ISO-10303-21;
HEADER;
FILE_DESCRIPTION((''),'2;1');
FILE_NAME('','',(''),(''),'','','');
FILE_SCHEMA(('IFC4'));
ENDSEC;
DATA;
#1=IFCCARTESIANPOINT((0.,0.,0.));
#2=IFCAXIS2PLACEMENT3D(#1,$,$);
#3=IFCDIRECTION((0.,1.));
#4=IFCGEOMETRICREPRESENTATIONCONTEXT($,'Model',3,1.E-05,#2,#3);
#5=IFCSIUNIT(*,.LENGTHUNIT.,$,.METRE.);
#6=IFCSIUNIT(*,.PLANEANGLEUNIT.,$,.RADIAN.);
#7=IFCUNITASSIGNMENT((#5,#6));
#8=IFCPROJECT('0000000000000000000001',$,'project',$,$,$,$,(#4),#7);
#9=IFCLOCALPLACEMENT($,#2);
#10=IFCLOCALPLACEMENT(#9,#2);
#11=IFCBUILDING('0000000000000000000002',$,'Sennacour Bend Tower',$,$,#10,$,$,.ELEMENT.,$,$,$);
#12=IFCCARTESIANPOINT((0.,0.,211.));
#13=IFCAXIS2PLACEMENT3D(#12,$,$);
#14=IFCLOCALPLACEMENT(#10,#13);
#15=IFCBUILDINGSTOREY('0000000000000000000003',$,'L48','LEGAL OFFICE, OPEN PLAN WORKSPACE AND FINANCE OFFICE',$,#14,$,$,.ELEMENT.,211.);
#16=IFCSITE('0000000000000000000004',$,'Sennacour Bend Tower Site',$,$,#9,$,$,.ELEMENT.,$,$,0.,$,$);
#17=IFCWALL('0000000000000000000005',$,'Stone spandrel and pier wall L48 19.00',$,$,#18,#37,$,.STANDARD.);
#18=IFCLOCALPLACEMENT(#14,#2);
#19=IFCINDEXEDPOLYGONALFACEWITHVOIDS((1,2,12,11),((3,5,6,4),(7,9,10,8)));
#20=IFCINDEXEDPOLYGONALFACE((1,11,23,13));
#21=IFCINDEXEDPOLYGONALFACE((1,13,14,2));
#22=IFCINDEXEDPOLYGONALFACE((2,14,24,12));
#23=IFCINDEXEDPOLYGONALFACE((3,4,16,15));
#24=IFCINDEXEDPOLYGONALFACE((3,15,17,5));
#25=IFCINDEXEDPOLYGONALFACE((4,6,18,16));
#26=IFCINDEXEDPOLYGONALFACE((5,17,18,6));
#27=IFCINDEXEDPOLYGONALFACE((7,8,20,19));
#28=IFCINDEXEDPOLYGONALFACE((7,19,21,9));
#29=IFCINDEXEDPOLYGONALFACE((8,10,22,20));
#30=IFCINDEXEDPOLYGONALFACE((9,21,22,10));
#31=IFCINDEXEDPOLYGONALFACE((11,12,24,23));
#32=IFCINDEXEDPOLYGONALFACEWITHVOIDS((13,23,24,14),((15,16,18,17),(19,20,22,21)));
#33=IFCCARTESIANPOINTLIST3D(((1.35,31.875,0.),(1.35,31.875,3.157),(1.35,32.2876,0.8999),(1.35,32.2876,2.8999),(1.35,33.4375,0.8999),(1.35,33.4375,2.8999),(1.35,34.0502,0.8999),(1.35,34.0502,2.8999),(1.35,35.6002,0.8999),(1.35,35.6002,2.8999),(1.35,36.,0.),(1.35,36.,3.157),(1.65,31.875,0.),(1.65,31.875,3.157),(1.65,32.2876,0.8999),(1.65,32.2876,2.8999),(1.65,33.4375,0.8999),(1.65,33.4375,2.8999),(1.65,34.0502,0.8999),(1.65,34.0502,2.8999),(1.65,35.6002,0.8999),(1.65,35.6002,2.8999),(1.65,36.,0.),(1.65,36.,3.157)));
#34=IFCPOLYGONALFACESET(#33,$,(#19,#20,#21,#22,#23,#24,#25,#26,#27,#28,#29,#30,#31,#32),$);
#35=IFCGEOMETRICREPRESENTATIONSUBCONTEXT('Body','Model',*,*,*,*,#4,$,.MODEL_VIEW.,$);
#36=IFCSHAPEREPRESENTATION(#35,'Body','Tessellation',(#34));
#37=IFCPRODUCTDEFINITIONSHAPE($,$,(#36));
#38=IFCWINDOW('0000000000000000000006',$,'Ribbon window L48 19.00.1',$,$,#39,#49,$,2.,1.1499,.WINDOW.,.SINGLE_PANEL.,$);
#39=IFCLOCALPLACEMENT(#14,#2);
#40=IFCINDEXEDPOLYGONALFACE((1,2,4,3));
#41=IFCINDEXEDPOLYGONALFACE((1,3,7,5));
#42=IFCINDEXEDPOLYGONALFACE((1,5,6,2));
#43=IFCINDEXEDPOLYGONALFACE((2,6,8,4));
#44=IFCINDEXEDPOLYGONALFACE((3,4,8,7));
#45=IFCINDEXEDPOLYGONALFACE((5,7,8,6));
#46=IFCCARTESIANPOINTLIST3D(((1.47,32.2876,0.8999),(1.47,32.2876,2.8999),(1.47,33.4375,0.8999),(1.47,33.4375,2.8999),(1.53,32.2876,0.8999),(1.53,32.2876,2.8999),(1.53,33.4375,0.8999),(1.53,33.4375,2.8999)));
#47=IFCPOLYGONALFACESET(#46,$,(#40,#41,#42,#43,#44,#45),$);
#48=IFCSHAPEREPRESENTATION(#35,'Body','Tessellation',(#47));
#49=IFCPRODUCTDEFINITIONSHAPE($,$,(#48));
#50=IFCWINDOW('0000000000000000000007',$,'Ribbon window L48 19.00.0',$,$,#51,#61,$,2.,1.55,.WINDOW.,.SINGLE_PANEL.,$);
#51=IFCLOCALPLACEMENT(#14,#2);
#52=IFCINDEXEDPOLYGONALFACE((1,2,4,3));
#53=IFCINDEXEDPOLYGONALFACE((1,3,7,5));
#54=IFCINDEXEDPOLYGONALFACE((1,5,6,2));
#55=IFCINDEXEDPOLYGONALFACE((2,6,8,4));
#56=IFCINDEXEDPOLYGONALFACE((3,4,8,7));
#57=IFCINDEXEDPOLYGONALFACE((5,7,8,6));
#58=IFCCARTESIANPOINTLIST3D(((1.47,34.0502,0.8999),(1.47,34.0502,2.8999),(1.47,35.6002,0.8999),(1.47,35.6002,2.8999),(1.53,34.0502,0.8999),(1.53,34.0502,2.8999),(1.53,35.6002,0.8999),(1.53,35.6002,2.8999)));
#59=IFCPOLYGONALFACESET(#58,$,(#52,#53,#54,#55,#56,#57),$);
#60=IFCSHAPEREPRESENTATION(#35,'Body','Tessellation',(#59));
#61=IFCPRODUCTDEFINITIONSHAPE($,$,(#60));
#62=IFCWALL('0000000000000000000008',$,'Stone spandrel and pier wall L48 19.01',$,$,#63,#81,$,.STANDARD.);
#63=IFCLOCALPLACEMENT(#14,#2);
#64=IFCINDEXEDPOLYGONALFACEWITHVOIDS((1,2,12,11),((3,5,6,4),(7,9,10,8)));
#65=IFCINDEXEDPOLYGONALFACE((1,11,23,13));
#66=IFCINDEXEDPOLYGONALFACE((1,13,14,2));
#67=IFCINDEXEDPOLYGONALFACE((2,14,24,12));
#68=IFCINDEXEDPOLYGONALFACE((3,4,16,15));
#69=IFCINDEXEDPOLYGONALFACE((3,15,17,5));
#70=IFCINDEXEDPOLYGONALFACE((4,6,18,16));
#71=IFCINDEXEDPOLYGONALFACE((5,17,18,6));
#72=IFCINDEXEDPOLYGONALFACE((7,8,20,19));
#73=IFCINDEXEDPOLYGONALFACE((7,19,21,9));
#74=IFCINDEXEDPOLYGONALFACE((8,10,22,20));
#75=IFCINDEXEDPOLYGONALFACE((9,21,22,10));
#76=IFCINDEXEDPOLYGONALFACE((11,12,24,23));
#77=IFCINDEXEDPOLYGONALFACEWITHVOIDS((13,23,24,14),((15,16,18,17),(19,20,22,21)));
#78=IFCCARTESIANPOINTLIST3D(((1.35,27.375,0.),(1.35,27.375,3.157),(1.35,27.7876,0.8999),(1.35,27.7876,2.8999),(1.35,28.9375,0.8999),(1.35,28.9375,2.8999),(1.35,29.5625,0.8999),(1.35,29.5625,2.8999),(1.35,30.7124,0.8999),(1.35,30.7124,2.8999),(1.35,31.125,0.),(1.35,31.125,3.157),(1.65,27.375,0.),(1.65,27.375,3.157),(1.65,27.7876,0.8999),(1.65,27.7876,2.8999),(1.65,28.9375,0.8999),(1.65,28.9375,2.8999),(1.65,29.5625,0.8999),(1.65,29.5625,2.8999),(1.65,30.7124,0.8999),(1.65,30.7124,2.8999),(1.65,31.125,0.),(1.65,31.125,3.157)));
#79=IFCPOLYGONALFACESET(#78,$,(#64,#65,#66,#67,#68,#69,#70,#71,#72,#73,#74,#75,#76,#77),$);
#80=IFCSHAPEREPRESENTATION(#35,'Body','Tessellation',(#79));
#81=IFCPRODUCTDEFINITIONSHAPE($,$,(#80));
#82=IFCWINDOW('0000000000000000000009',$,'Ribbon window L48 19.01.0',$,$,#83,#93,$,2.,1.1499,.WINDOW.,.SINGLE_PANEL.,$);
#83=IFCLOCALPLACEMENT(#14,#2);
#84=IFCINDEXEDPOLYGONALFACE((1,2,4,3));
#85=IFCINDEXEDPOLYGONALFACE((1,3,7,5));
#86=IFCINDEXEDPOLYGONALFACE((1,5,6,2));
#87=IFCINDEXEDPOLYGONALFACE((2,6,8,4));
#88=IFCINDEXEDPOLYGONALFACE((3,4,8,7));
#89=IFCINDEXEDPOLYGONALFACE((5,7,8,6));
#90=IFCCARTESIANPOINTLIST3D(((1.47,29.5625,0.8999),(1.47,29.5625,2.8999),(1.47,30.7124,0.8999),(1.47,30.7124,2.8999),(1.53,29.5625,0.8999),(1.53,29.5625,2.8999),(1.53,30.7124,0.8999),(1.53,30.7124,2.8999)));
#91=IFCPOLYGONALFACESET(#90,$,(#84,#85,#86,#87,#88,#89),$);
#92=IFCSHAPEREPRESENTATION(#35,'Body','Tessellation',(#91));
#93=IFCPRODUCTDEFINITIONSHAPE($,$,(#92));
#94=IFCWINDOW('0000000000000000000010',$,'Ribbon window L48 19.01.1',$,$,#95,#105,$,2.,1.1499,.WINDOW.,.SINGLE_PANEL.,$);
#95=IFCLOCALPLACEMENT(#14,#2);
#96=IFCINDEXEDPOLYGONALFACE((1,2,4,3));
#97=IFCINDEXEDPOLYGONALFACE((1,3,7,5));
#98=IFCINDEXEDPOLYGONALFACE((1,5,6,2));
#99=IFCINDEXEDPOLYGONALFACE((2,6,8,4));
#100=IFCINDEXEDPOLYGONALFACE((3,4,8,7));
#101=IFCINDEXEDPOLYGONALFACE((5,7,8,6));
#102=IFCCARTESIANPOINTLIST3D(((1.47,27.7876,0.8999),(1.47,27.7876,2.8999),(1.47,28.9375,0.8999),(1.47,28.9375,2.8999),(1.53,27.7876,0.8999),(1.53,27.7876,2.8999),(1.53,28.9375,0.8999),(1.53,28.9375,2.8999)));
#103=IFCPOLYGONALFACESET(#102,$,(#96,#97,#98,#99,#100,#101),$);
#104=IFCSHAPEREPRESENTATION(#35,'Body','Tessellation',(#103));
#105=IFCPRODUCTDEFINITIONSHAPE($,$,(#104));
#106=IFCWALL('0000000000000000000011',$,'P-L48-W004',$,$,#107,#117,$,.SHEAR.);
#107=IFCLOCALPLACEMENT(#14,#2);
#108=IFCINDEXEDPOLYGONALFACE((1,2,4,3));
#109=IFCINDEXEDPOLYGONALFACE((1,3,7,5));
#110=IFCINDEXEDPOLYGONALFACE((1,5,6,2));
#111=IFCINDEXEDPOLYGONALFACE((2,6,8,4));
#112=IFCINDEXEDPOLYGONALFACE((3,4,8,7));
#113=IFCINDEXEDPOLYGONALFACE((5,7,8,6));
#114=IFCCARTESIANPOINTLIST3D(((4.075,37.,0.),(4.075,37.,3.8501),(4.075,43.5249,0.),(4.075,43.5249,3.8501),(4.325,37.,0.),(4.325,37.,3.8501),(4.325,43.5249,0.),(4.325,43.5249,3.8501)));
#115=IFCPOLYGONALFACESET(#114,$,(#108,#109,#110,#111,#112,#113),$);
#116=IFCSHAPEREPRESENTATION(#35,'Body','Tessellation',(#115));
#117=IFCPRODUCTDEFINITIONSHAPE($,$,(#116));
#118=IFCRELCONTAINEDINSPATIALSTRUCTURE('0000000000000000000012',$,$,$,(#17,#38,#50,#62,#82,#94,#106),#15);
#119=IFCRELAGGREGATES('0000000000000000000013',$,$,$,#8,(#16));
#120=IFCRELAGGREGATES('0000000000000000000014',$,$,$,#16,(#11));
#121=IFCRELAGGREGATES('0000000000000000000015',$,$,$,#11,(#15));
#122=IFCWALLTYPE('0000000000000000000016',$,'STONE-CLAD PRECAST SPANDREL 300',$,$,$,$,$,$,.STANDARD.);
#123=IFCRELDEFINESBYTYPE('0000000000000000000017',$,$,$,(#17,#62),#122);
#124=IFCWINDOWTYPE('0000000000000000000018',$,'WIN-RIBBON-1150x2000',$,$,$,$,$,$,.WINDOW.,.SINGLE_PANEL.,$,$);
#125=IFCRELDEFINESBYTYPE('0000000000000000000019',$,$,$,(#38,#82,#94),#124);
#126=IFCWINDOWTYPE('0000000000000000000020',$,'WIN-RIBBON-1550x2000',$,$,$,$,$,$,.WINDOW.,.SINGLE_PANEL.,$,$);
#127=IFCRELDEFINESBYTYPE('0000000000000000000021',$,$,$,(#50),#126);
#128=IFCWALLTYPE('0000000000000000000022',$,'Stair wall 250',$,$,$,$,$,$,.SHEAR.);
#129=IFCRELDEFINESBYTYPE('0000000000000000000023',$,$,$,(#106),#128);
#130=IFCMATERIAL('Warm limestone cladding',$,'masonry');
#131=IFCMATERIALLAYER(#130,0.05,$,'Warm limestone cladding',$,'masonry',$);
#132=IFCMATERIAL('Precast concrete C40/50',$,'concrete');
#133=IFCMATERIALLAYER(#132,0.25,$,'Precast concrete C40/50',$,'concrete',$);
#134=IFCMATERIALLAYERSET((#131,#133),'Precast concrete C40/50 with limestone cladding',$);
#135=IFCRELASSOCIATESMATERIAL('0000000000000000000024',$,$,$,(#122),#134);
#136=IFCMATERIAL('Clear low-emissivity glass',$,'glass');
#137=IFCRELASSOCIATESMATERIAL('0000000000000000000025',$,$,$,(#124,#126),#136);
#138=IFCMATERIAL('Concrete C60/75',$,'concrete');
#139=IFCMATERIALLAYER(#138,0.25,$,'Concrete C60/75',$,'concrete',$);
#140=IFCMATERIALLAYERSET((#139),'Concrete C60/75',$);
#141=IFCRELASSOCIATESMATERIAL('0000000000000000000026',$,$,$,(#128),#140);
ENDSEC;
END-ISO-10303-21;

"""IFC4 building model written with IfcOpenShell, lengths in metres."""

from ifc_helpers import new_model, si_unit, direction, frame, frame_2d, origin, place, context, subcontext, project, spatial, rectangle, extrude, material, layer, layer_set, type_object, element, fill, save


model = new_model("IFC4")

# Units and contexts
model_context = context("Model", 3, precision=1e-05, world=origin(), true_north=direction((0.0, 1.0)))
body_context = subcontext(model_context, "Body", "Model", "MODEL_VIEW")
ifc_project = project(units=[si_unit("LENGTHUNIT", "METRE"), si_unit("PLANEANGLEUNIT", "RADIAN")], contexts=[model_context])

# Site, building, storey
site_placement = place(None, origin())
site = spatial("IfcSite", under=ifc_project, at=site_placement, Name="Sennacour Bend Tower Site", CompositionType="ELEMENT", RefElevation=0.0)
building_placement = place(site_placement, origin())
building = spatial("IfcBuilding", under=site, at=building_placement, Name="Sennacour Bend Tower", CompositionType="ELEMENT")
storey_placement = place(building_placement, frame((0.0, 0.0, 211.0)))
storey = spatial("IfcBuildingStorey", under=building, at=storey_placement, Name="L48", Description="LEGAL OFFICE, OPEN PLAN WORKSPACE AND FINANCE OFFICE", CompositionType="ELEMENT", Elevation=211.0)

# Shared definitions
ifc_material_1 = material(Name="Concrete C60/75", Category="concrete")

# Walls, openings, windows
ifc_material_2 = material(Name="Warm limestone cladding", Category="masonry")
ifc_layer_1 = layer(ifc_material_2, 0.05, Name="Warm limestone cladding", Category="masonry")
ifc_material_3 = material(Name="Precast concrete C40/50", Category="concrete")
ifc_layer_2 = layer(ifc_material_3, 0.25, Name="Precast concrete C40/50", Category="concrete")
ifc_layer_set_1 = layer_set([ifc_layer_1, ifc_layer_2], Name="Precast concrete C40/50 with limestone cladding")
wall_type_1 = type_object("IfcWallType", Name="STONE-CLAD PRECAST SPANDREL 300", PredefinedType="STANDARD", material=ifc_layer_set_1)
wall_1_placement = place(storey_placement, frame((1.5, 36.0, 0.0), z_axis=(0.0, 0.0, 1.0), x_axis=(0.0, -1.0, 0.0)))
wall_1 = element("IfcWall", 1, at=wall_1_placement, inside=storey, type_object=wall_type_1, Name="Stone spandrel and pier wall L48 19.00", PredefinedType="STANDARD", context=body_context, shape_type="SweptSolid", body=[
    extrude(rectangle(XDim=4.125, YDim=0.3, at=frame_2d((2.0625, 0.0))), origin(), (0.0, 0.0, 1.0), 3.157),
])
opening_1_placement = place(wall_1_placement, frame((0.3999, 0.0, 0.8999)))
opening_1 = element("IfcOpeningElement", 2, at=opening_1_placement, cuts=wall_1, PredefinedType="OPENING", context=body_context, shape_type="SweptSolid", body=[
    extrude(rectangle(XDim=1.55, YDim=2.0, at=frame_2d((0.7749, 1.0))), frame((0.0, 0.1602, 0.0), z_axis=(0.0, -1.0, 0.0), x_axis=(1.0, 0.0, 0.0)), (0.0, 0.0, 1.0), 0.3201),
])
opening_2_placement = place(wall_1_placement, frame((2.5625, 0.0, 0.8999)))
opening_2 = element("IfcOpeningElement", 3, at=opening_2_placement, cuts=wall_1, PredefinedType="OPENING", context=body_context, shape_type="SweptSolid", body=[
    extrude(rectangle(XDim=1.1499, YDim=2.0, at=frame_2d((0.575, 1.0))), frame((0.0, 0.1602, 0.0), z_axis=(0.0, -1.0, 0.0), x_axis=(1.0, 0.0, 0.0)), (0.0, 0.0, 1.0), 0.3201),
])
ifc_material_4 = material(Name="Clear low-emissivity glass", Category="glass")
window_type_1 = type_object("IfcWindowType", Name="WIN-RIBBON-1150x2000", PartitioningType="SINGLE_PANEL", PredefinedType="WINDOW", material=ifc_material_4)
window_1_placement = place(opening_2_placement, origin())
window_1 = element("IfcWindow", 4, at=window_1_placement, inside=storey, type_object=window_type_1, Name="Ribbon window L48 19.00.1", OverallHeight=2.0, OverallWidth=1.1499, PartitioningType="SINGLE_PANEL", PredefinedType="WINDOW", context=body_context, shape_type="SweptSolid", body=[
    extrude(rectangle(XDim=1.1499, YDim=2.0, at=frame_2d((0.575, 1.0))), frame((0.0, 0.03, 0.0), z_axis=(0.0, -1.0, 0.0), x_axis=(1.0, 0.0, 0.0)), (0.0, 0.0, 1.0), 0.0601),
])
fill(opening_2, window_1)
window_type_2 = type_object("IfcWindowType", Name="WIN-RIBBON-1550x2000", PartitioningType="SINGLE_PANEL", PredefinedType="WINDOW", material=ifc_material_4)
window_2_placement = place(opening_1_placement, origin())
window_2 = element("IfcWindow", 5, at=window_2_placement, inside=storey, type_object=window_type_2, Name="Ribbon window L48 19.00.0", OverallHeight=2.0, OverallWidth=1.55, PartitioningType="SINGLE_PANEL", PredefinedType="WINDOW", context=body_context, shape_type="SweptSolid", body=[
    extrude(rectangle(XDim=1.55, YDim=2.0, at=frame_2d((0.7749, 1.0))), frame((0.0, 0.03, 0.0), z_axis=(0.0, -1.0, 0.0), x_axis=(1.0, 0.0, 0.0)), (0.0, 0.0, 1.0), 0.0601),
])
fill(opening_1, window_2)
wall_2_placement = place(storey_placement, frame((1.5, 31.125, 0.0), z_axis=(0.0, 0.0, 1.0), x_axis=(0.0, -1.0, 0.0)))
wall_2 = element("IfcWall", 6, at=wall_2_placement, inside=storey, type_object=wall_type_1, Name="Stone spandrel and pier wall L48 19.01", PredefinedType="STANDARD", context=body_context, shape_type="SweptSolid", body=[
    extrude(rectangle(XDim=3.75, YDim=0.3, at=frame_2d((1.875, 0.0))), origin(), (0.0, 0.0, 1.0), 3.157),
])
opening_3_placement = place(wall_2_placement, frame((0.4126, 0.0, 0.8999)))
opening_3 = element("IfcOpeningElement", 7, at=opening_3_placement, cuts=wall_2, PredefinedType="OPENING", context=body_context, shape_type="SweptSolid", body=[
    extrude(rectangle(XDim=1.1499, YDim=2.0, at=frame_2d((0.575, 1.0))), frame((0.0, 0.1602, 0.0), z_axis=(0.0, -1.0, 0.0), x_axis=(1.0, 0.0, 0.0)), (0.0, 0.0, 1.0), 0.3201),
])
opening_4_placement = place(wall_2_placement, frame((2.1875, 0.0, 0.8999)))
opening_4 = element("IfcOpeningElement", 8, at=opening_4_placement, cuts=wall_2, PredefinedType="OPENING", context=body_context, shape_type="SweptSolid", body=[
    extrude(rectangle(XDim=1.1499, YDim=2.0, at=frame_2d((0.575, 1.0))), frame((0.0, 0.1602, 0.0), z_axis=(0.0, -1.0, 0.0), x_axis=(1.0, 0.0, 0.0)), (0.0, 0.0, 1.0), 0.3201),
])
window_3_placement = place(opening_3_placement, origin())
window_3 = element("IfcWindow", 9, at=window_3_placement, inside=storey, type_object=window_type_1, Name="Ribbon window L48 19.01.0", OverallHeight=2.0, OverallWidth=1.1499, PartitioningType="SINGLE_PANEL", PredefinedType="WINDOW", context=body_context, shape_type="SweptSolid", body=[
    extrude(rectangle(XDim=1.1499, YDim=2.0, at=frame_2d((0.575, 1.0))), frame((0.0, 0.03, 0.0), z_axis=(0.0, -1.0, 0.0), x_axis=(1.0, 0.0, 0.0)), (0.0, 0.0, 1.0), 0.0601),
])
fill(opening_3, window_3)
window_4_placement = place(opening_4_placement, origin())
window_4 = element("IfcWindow", 10, at=window_4_placement, inside=storey, type_object=window_type_1, Name="Ribbon window L48 19.01.1", OverallHeight=2.0, OverallWidth=1.1499, PartitioningType="SINGLE_PANEL", PredefinedType="WINDOW", context=body_context, shape_type="SweptSolid", body=[
    extrude(rectangle(XDim=1.1499, YDim=2.0, at=frame_2d((0.575, 1.0))), frame((0.0, 0.03, 0.0), z_axis=(0.0, -1.0, 0.0), x_axis=(1.0, 0.0, 0.0)), (0.0, 0.0, 1.0), 0.0601),
])
fill(opening_4, window_4)

# Wall
ifc_layer_3 = layer(ifc_material_1, 0.25, Name="Concrete C60/75", Category="concrete")
ifc_layer_set_2 = layer_set([ifc_layer_3], Name="Concrete C60/75")
wall_type_2 = type_object("IfcWallType", Name="Stair wall 250", PredefinedType="SHEAR", material=ifc_layer_set_2)
wall_3_placement = place(storey_placement, frame((4.2, 37.0, 0.0), z_axis=(0.0, 0.0, 1.0), x_axis=(0.0, 1.0, 0.0)))
element("IfcWall", 11, at=wall_3_placement, inside=storey, type_object=wall_type_2, Name="P-L48-W004", PredefinedType="SHEAR", context=body_context, shape_type="SweptSolid", body=[
    extrude(rectangle(XDim=6.5249, YDim=0.25, at=frame_2d((3.2625, 0.0))), origin(), (0.0, 0.0, 1.0), 3.8501),
])

save(model, "model.ifc")
